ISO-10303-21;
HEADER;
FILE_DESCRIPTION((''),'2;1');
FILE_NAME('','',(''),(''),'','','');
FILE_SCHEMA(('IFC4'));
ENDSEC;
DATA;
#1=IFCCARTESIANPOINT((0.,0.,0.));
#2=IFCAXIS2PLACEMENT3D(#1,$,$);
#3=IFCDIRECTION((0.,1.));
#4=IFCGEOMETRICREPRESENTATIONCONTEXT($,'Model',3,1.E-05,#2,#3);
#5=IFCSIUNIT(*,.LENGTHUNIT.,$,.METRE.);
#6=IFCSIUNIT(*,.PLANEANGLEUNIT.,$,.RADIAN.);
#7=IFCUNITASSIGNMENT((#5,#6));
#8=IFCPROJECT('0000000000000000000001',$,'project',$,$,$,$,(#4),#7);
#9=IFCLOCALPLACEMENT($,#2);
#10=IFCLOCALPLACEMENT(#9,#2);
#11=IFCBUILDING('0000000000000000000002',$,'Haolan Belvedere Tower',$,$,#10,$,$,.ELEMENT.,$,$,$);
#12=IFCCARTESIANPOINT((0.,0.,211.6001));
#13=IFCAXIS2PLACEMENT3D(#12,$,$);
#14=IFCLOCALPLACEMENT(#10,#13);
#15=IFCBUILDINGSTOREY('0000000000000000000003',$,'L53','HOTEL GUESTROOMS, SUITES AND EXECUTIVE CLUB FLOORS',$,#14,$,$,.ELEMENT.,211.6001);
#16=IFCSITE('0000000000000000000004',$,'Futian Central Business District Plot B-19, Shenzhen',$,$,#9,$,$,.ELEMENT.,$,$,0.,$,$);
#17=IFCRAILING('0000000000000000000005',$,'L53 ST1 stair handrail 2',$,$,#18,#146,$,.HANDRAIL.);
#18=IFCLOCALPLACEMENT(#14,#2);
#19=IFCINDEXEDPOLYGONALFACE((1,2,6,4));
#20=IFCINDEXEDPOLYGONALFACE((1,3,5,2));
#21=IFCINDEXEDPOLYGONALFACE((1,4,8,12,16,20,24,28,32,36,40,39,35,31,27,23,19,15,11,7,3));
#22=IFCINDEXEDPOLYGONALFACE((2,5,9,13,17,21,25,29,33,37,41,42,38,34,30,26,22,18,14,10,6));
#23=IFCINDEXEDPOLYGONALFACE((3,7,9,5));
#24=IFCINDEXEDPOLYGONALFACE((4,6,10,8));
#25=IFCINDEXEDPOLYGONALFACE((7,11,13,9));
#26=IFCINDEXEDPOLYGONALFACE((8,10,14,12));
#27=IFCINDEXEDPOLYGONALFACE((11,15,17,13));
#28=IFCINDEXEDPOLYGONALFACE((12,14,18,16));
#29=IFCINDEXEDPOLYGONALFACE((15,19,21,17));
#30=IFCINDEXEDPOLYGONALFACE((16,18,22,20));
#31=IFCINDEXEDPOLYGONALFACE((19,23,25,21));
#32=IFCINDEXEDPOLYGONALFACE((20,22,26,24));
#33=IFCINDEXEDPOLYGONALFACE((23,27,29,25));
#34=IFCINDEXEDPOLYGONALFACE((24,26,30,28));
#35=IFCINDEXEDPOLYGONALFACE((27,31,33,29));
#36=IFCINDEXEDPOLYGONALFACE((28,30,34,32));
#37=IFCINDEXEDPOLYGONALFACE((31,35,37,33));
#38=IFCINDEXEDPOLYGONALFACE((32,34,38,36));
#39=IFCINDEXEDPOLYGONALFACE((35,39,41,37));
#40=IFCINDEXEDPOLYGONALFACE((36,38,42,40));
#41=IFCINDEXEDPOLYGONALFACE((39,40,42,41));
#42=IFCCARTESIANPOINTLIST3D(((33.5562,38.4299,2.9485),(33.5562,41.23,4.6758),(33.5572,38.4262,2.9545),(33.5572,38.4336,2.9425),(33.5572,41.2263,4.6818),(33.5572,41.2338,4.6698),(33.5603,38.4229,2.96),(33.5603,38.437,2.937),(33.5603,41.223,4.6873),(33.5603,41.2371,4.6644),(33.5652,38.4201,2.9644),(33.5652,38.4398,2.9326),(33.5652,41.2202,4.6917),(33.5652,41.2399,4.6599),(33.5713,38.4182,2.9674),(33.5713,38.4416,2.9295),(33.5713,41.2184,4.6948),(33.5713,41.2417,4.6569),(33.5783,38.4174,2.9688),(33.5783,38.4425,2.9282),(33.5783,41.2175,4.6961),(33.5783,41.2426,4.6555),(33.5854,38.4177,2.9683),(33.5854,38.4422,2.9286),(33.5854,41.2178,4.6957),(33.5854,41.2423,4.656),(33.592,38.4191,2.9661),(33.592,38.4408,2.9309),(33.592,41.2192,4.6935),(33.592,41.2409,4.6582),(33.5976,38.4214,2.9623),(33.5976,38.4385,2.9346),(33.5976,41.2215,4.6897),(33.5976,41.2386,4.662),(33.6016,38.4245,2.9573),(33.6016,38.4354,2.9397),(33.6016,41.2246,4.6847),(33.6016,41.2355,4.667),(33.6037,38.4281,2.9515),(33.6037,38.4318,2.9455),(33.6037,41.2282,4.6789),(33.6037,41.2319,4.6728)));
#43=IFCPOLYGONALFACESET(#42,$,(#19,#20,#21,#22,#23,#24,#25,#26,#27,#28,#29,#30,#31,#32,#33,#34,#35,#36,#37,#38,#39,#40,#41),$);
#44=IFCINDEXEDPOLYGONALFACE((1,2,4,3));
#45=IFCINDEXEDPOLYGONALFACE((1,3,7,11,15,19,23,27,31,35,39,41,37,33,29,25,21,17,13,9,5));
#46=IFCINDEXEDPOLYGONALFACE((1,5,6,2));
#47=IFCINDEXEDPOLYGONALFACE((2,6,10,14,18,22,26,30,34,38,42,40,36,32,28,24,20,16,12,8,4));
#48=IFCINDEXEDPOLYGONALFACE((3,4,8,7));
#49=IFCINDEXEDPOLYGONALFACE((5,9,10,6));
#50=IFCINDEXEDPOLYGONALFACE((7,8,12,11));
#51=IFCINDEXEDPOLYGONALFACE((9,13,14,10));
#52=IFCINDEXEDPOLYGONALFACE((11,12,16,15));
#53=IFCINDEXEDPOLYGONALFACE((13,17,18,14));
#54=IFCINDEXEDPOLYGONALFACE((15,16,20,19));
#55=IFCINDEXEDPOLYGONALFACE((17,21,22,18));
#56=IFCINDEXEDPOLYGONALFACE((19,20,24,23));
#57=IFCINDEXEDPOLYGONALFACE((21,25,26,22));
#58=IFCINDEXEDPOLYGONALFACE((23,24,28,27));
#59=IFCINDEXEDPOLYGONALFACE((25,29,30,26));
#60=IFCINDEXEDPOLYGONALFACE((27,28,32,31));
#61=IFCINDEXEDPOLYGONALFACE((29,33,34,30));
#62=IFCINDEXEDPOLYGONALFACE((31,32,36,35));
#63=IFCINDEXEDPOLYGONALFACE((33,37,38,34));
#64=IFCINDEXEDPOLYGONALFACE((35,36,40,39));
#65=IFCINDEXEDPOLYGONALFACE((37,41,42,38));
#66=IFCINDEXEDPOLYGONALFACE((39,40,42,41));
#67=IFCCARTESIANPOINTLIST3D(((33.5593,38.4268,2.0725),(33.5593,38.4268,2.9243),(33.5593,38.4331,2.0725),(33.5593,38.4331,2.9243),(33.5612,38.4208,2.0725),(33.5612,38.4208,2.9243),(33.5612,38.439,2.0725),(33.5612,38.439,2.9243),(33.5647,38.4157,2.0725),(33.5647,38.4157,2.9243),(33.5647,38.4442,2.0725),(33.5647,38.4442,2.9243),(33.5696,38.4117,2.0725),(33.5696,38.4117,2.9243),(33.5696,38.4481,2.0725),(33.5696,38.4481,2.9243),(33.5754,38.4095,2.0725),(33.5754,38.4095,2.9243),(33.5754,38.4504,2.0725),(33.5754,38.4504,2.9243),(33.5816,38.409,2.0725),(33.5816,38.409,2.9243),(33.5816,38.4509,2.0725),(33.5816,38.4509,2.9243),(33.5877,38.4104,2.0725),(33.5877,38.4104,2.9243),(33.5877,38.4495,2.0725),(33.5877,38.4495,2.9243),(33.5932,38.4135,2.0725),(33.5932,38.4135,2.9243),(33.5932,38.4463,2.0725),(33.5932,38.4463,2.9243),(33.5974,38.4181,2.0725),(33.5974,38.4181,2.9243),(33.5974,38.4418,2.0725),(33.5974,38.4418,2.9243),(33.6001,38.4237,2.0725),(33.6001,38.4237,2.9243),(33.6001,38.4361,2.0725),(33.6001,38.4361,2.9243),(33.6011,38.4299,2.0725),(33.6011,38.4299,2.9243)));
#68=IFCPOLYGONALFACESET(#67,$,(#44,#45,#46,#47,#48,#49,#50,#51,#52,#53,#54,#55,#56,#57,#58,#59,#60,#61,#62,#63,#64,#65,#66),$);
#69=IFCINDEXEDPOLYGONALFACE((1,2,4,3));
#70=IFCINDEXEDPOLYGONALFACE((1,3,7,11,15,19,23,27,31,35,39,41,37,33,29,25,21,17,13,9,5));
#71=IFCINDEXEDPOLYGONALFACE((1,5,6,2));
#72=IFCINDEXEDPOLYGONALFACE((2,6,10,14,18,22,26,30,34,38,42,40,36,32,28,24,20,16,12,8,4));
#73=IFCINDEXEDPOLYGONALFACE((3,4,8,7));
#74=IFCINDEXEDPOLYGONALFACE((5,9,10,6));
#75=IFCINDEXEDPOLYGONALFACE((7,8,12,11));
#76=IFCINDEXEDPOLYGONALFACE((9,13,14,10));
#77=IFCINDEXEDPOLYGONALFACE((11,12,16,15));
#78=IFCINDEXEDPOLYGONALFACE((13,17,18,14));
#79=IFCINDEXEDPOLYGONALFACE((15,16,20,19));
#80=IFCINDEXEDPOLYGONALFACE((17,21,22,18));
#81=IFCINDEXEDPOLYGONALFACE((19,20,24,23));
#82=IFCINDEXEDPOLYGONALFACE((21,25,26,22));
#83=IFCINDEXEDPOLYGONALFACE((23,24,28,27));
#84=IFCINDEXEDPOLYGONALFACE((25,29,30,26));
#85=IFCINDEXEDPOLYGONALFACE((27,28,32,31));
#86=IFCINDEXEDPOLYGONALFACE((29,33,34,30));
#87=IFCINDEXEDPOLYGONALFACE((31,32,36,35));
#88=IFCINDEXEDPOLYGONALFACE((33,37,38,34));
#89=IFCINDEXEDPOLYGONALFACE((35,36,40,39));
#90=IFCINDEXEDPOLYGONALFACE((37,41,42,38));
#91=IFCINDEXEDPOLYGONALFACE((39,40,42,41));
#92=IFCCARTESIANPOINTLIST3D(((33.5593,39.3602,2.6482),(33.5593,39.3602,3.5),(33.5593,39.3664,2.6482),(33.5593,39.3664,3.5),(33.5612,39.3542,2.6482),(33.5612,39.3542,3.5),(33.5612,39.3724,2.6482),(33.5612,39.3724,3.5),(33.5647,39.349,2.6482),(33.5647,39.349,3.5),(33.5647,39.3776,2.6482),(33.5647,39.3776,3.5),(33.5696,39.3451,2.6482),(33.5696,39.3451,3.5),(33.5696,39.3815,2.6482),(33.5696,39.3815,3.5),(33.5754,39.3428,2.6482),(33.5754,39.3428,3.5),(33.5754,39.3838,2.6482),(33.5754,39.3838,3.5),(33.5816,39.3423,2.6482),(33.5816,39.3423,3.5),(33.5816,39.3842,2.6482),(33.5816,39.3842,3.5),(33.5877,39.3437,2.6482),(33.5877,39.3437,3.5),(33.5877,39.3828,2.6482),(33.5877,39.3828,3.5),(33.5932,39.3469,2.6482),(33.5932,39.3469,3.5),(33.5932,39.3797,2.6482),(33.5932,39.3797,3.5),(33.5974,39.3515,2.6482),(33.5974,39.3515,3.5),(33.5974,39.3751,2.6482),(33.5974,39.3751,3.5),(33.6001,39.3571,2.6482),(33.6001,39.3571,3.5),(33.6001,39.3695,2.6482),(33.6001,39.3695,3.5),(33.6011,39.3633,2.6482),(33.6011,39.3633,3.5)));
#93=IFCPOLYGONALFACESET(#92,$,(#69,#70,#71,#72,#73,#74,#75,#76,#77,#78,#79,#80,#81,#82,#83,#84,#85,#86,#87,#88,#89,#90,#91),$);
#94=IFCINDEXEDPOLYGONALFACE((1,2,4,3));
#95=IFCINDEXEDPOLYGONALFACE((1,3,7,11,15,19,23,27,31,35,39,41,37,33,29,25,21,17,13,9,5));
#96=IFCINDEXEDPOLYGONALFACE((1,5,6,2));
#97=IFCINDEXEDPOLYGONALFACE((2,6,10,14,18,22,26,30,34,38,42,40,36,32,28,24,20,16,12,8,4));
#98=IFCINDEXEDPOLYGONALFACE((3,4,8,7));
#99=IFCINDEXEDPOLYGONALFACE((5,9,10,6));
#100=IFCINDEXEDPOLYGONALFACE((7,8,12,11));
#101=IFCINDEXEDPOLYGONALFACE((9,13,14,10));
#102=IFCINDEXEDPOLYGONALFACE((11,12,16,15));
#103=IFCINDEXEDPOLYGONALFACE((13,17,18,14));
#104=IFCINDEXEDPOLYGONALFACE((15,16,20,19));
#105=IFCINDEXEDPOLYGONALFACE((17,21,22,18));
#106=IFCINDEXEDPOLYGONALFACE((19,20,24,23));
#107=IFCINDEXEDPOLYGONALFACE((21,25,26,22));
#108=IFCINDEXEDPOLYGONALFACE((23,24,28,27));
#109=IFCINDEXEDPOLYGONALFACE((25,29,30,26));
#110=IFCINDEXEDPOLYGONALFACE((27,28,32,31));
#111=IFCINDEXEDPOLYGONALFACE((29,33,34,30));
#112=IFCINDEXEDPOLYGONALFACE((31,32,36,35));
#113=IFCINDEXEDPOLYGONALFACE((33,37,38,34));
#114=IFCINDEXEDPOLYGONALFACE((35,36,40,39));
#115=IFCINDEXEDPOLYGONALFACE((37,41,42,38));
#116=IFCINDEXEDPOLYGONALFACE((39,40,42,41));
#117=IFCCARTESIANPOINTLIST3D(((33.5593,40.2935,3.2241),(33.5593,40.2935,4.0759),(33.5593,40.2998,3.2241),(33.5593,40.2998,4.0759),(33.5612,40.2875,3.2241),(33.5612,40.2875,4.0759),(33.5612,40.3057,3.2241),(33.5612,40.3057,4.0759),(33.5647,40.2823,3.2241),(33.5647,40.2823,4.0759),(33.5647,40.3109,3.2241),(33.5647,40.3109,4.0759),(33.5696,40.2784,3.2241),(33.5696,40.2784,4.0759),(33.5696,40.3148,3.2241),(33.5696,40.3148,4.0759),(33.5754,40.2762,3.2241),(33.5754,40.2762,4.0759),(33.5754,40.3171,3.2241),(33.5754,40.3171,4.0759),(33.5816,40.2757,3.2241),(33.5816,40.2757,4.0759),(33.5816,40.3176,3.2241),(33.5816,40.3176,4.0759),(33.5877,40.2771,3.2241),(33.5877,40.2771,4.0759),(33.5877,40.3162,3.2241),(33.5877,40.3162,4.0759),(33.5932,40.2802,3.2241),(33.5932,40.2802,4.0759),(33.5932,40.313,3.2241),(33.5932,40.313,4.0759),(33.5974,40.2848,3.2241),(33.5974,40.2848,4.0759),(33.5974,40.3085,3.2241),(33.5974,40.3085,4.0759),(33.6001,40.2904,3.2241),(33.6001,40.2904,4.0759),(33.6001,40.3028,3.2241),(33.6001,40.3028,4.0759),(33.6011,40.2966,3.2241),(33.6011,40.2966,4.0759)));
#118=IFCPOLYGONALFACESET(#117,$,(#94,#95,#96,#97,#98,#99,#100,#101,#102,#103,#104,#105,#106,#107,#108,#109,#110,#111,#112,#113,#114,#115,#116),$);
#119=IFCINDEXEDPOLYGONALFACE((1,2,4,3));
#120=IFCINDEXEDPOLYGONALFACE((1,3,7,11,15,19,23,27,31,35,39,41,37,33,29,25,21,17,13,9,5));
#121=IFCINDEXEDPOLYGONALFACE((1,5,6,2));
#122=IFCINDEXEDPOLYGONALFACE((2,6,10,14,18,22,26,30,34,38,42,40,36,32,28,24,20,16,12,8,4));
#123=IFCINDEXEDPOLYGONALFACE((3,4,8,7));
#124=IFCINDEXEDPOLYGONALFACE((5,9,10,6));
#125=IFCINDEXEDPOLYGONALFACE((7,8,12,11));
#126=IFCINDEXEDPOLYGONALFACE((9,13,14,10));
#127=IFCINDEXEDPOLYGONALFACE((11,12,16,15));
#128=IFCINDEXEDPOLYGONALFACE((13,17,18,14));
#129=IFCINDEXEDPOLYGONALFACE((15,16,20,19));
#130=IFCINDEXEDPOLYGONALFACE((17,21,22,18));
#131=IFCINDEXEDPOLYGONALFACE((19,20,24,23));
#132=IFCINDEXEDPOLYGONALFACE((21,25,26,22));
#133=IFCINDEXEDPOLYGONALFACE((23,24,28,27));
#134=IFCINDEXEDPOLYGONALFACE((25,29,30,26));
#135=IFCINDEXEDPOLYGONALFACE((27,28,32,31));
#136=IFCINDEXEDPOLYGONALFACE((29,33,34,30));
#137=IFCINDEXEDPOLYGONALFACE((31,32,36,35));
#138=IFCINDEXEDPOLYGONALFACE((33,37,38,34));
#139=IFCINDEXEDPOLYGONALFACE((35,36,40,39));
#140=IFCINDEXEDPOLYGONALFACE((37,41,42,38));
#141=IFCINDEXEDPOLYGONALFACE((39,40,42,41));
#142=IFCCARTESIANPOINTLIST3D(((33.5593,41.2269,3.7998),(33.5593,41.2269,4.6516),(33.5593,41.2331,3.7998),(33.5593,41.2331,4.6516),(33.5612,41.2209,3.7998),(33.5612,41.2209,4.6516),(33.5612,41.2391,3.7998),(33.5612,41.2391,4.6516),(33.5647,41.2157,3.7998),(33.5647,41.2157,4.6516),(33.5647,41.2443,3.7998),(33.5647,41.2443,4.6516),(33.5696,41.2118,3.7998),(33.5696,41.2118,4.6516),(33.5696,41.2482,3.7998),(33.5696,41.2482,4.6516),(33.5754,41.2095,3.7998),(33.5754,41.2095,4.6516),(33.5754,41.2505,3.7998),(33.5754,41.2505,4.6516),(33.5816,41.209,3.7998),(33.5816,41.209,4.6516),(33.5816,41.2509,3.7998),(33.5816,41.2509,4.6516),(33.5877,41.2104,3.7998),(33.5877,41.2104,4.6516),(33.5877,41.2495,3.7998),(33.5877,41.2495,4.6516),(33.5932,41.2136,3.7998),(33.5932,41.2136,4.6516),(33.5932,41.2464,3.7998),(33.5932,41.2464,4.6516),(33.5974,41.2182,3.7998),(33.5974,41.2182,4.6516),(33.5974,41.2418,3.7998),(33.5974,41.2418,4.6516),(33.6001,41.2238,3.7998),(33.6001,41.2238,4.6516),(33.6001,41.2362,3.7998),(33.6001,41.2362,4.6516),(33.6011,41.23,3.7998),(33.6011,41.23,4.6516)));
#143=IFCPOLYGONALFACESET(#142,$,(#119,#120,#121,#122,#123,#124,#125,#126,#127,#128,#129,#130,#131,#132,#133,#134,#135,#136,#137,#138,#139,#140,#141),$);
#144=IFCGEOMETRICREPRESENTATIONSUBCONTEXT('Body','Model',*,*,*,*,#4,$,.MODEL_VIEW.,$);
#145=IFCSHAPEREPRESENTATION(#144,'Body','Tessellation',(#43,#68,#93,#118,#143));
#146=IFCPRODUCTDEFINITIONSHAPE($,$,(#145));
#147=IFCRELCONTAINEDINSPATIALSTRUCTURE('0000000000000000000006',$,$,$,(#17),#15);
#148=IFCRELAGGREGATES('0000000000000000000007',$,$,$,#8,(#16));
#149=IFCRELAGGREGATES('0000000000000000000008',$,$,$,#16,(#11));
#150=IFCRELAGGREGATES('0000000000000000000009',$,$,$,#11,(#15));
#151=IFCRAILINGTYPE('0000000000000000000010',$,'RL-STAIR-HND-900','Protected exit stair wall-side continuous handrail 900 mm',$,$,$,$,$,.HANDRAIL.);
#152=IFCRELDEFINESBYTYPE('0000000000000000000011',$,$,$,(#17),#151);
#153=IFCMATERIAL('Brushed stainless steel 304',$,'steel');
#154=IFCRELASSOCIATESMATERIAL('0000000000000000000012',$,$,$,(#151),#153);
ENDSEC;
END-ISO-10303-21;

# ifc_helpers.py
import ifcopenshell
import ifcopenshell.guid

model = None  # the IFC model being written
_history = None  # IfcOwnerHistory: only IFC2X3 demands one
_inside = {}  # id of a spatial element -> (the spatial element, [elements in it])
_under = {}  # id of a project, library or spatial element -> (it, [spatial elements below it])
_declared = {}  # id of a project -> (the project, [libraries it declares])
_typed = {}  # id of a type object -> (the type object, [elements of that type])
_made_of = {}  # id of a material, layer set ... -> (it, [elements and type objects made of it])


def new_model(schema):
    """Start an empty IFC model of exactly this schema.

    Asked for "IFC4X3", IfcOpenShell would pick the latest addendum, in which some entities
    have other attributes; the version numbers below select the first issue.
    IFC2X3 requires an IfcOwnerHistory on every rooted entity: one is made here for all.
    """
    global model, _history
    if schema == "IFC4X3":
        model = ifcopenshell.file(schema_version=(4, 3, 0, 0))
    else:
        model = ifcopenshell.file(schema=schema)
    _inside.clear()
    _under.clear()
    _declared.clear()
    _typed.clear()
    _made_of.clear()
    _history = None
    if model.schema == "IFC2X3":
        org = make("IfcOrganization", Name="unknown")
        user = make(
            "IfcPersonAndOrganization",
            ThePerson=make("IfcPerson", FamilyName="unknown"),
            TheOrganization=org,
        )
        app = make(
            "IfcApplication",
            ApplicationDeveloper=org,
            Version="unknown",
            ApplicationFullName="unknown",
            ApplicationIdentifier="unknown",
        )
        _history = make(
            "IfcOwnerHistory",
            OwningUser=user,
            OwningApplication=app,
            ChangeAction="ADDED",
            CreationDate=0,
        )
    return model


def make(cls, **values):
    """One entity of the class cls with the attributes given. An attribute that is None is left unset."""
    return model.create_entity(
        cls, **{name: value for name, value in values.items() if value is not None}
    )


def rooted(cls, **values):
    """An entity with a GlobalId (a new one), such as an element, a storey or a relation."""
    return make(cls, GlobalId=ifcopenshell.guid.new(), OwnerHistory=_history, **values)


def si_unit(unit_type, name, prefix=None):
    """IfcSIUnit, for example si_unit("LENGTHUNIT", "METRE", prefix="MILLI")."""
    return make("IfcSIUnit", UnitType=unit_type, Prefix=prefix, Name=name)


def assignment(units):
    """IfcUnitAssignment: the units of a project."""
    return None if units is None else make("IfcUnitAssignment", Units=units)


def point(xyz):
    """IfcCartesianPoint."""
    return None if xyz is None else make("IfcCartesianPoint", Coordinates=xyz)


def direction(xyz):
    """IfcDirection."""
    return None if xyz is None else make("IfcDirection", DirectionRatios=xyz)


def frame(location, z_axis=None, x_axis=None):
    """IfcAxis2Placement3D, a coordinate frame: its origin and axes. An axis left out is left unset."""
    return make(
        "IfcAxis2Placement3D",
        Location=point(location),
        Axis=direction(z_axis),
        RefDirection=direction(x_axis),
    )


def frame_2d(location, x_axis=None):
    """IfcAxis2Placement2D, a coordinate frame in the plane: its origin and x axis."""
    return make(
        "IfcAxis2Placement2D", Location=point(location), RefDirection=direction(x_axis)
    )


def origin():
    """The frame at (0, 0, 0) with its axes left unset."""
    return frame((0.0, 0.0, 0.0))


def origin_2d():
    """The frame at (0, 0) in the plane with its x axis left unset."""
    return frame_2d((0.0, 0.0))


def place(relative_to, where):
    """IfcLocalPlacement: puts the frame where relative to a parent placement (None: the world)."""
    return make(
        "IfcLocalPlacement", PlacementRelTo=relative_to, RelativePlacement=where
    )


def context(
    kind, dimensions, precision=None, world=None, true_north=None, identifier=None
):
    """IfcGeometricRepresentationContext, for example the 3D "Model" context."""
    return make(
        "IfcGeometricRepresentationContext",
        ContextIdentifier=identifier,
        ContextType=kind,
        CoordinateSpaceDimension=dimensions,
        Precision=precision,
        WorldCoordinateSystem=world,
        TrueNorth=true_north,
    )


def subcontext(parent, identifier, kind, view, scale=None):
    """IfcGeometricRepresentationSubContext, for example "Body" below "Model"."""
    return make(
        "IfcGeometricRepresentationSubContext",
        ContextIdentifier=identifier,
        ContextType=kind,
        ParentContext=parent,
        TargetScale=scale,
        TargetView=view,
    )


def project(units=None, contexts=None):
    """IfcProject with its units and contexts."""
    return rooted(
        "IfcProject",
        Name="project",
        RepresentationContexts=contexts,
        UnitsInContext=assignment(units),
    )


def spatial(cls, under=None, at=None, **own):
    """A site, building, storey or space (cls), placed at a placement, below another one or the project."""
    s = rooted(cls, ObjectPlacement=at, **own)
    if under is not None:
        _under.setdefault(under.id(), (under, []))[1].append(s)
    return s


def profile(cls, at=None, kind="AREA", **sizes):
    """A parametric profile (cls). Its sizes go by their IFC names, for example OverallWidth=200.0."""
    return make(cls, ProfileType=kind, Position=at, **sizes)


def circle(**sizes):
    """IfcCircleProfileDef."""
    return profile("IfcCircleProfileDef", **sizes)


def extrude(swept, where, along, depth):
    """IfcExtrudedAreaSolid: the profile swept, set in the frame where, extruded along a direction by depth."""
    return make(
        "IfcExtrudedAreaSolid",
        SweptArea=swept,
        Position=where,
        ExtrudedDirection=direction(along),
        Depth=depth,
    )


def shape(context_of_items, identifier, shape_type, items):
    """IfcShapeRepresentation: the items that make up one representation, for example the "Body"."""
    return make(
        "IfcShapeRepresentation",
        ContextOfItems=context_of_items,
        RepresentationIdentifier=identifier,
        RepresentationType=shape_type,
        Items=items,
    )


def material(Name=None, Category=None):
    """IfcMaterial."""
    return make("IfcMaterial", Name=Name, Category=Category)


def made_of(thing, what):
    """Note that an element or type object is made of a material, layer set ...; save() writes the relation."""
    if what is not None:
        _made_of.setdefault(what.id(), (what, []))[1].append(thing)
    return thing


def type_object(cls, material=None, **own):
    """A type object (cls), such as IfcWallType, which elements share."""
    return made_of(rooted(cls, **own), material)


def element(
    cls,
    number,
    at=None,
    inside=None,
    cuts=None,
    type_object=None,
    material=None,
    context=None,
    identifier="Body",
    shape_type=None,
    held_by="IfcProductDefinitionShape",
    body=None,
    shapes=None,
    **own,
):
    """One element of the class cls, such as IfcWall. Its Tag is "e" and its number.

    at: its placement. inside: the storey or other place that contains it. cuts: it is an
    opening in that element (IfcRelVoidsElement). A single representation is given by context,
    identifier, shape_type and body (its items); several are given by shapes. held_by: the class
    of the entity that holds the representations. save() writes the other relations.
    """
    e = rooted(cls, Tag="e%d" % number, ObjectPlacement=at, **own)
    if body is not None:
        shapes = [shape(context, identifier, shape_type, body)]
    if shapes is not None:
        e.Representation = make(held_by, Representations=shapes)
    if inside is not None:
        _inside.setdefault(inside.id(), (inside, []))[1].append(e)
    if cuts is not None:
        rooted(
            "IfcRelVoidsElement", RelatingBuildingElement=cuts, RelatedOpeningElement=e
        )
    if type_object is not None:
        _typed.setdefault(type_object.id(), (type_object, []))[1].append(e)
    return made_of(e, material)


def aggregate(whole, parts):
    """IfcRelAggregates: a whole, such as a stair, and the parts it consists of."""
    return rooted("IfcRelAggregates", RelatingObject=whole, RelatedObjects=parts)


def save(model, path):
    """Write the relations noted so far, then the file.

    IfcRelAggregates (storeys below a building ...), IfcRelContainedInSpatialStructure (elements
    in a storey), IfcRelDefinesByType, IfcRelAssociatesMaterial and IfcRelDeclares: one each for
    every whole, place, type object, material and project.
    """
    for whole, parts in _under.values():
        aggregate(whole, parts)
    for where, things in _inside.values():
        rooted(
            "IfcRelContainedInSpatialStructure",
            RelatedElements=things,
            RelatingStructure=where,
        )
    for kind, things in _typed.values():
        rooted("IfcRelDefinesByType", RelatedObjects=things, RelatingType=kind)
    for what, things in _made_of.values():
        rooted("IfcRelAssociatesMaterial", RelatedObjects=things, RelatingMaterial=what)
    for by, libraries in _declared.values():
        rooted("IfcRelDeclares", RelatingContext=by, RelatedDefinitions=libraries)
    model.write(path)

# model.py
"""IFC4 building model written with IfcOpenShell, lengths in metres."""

from ifc_helpers import new_model, si_unit, direction, frame, origin, origin_2d, place, context, subcontext, project, spatial, circle, extrude, material, type_object, element, save


model = new_model("IFC4")

# Units and contexts
model_context = context("Model", 3, precision=1e-05, world=origin(), true_north=direction((0.0, 1.0)))
body_context = subcontext(model_context, "Body", "Model", "MODEL_VIEW")
ifc_project = project(units=[si_unit("LENGTHUNIT", "METRE"), si_unit("PLANEANGLEUNIT", "RADIAN")], contexts=[model_context])

# Site, building, storey
site_placement = place(None, origin())
site = spatial("IfcSite", under=ifc_project, at=site_placement, Name="Futian Central Business District Plot B-19, Shenzhen", CompositionType="ELEMENT", RefElevation=0.0)
building_placement = place(site_placement, origin())
building = spatial("IfcBuilding", under=site, at=building_placement, Name="Haolan Belvedere Tower", CompositionType="ELEMENT")
storey_placement = place(building_placement, frame((0.0, 0.0, 211.6001)))
storey = spatial("IfcBuildingStorey", under=building, at=storey_placement, Name="L53", Description="HOTEL GUESTROOMS, SUITES AND EXECUTIVE CLUB FLOORS", CompositionType="ELEMENT", Elevation=211.6001)

# Railing
ifc_material_1 = material(Name="Brushed stainless steel 304", Category="steel")
railing_type_1 = type_object("IfcRailingType", Name="RL-STAIR-HND-900", Description="Protected exit stair wall-side continuous handrail 900 mm", PredefinedType="HANDRAIL", material=ifc_material_1)
railing_1_placement = place(storey_placement, frame((33.5801, 38.4299, 2.0725)))
element("IfcRailing", 1, at=railing_1_placement, inside=storey, type_object=railing_type_1, Name="L53 ST1 stair handrail 2", PredefinedType="HANDRAIL", context=body_context, shape_type="SweptSolid", body=[
    extrude(circle(Radius=0.0239, at=origin_2d()), frame((0.0, 0.0, 0.876), z_axis=(0.0, 0.85109, 0.52502), x_axis=(-1.0, 0.0, 0.0)), (0.0, 0.0, 1.0), 3.29),
    extrude(circle(Radius=0.021, at=origin_2d()), origin(), (0.0, 0.0, 1.0), 0.8518),
    extrude(circle(Radius=0.021, at=origin_2d()), frame((0.0, 0.9333, 0.5757)), (0.0, 0.0, 1.0), 0.8518),
    extrude(circle(Radius=0.021, at=origin_2d()), frame((0.0, 1.8667, 1.1516)), (0.0, 0.0, 1.0), 0.8518),
    extrude(circle(Radius=0.021, at=origin_2d()), frame((0.0, 2.8, 1.7273)), (0.0, 0.0, 1.0), 0.8518),
])

save(model, "model.ifc")
